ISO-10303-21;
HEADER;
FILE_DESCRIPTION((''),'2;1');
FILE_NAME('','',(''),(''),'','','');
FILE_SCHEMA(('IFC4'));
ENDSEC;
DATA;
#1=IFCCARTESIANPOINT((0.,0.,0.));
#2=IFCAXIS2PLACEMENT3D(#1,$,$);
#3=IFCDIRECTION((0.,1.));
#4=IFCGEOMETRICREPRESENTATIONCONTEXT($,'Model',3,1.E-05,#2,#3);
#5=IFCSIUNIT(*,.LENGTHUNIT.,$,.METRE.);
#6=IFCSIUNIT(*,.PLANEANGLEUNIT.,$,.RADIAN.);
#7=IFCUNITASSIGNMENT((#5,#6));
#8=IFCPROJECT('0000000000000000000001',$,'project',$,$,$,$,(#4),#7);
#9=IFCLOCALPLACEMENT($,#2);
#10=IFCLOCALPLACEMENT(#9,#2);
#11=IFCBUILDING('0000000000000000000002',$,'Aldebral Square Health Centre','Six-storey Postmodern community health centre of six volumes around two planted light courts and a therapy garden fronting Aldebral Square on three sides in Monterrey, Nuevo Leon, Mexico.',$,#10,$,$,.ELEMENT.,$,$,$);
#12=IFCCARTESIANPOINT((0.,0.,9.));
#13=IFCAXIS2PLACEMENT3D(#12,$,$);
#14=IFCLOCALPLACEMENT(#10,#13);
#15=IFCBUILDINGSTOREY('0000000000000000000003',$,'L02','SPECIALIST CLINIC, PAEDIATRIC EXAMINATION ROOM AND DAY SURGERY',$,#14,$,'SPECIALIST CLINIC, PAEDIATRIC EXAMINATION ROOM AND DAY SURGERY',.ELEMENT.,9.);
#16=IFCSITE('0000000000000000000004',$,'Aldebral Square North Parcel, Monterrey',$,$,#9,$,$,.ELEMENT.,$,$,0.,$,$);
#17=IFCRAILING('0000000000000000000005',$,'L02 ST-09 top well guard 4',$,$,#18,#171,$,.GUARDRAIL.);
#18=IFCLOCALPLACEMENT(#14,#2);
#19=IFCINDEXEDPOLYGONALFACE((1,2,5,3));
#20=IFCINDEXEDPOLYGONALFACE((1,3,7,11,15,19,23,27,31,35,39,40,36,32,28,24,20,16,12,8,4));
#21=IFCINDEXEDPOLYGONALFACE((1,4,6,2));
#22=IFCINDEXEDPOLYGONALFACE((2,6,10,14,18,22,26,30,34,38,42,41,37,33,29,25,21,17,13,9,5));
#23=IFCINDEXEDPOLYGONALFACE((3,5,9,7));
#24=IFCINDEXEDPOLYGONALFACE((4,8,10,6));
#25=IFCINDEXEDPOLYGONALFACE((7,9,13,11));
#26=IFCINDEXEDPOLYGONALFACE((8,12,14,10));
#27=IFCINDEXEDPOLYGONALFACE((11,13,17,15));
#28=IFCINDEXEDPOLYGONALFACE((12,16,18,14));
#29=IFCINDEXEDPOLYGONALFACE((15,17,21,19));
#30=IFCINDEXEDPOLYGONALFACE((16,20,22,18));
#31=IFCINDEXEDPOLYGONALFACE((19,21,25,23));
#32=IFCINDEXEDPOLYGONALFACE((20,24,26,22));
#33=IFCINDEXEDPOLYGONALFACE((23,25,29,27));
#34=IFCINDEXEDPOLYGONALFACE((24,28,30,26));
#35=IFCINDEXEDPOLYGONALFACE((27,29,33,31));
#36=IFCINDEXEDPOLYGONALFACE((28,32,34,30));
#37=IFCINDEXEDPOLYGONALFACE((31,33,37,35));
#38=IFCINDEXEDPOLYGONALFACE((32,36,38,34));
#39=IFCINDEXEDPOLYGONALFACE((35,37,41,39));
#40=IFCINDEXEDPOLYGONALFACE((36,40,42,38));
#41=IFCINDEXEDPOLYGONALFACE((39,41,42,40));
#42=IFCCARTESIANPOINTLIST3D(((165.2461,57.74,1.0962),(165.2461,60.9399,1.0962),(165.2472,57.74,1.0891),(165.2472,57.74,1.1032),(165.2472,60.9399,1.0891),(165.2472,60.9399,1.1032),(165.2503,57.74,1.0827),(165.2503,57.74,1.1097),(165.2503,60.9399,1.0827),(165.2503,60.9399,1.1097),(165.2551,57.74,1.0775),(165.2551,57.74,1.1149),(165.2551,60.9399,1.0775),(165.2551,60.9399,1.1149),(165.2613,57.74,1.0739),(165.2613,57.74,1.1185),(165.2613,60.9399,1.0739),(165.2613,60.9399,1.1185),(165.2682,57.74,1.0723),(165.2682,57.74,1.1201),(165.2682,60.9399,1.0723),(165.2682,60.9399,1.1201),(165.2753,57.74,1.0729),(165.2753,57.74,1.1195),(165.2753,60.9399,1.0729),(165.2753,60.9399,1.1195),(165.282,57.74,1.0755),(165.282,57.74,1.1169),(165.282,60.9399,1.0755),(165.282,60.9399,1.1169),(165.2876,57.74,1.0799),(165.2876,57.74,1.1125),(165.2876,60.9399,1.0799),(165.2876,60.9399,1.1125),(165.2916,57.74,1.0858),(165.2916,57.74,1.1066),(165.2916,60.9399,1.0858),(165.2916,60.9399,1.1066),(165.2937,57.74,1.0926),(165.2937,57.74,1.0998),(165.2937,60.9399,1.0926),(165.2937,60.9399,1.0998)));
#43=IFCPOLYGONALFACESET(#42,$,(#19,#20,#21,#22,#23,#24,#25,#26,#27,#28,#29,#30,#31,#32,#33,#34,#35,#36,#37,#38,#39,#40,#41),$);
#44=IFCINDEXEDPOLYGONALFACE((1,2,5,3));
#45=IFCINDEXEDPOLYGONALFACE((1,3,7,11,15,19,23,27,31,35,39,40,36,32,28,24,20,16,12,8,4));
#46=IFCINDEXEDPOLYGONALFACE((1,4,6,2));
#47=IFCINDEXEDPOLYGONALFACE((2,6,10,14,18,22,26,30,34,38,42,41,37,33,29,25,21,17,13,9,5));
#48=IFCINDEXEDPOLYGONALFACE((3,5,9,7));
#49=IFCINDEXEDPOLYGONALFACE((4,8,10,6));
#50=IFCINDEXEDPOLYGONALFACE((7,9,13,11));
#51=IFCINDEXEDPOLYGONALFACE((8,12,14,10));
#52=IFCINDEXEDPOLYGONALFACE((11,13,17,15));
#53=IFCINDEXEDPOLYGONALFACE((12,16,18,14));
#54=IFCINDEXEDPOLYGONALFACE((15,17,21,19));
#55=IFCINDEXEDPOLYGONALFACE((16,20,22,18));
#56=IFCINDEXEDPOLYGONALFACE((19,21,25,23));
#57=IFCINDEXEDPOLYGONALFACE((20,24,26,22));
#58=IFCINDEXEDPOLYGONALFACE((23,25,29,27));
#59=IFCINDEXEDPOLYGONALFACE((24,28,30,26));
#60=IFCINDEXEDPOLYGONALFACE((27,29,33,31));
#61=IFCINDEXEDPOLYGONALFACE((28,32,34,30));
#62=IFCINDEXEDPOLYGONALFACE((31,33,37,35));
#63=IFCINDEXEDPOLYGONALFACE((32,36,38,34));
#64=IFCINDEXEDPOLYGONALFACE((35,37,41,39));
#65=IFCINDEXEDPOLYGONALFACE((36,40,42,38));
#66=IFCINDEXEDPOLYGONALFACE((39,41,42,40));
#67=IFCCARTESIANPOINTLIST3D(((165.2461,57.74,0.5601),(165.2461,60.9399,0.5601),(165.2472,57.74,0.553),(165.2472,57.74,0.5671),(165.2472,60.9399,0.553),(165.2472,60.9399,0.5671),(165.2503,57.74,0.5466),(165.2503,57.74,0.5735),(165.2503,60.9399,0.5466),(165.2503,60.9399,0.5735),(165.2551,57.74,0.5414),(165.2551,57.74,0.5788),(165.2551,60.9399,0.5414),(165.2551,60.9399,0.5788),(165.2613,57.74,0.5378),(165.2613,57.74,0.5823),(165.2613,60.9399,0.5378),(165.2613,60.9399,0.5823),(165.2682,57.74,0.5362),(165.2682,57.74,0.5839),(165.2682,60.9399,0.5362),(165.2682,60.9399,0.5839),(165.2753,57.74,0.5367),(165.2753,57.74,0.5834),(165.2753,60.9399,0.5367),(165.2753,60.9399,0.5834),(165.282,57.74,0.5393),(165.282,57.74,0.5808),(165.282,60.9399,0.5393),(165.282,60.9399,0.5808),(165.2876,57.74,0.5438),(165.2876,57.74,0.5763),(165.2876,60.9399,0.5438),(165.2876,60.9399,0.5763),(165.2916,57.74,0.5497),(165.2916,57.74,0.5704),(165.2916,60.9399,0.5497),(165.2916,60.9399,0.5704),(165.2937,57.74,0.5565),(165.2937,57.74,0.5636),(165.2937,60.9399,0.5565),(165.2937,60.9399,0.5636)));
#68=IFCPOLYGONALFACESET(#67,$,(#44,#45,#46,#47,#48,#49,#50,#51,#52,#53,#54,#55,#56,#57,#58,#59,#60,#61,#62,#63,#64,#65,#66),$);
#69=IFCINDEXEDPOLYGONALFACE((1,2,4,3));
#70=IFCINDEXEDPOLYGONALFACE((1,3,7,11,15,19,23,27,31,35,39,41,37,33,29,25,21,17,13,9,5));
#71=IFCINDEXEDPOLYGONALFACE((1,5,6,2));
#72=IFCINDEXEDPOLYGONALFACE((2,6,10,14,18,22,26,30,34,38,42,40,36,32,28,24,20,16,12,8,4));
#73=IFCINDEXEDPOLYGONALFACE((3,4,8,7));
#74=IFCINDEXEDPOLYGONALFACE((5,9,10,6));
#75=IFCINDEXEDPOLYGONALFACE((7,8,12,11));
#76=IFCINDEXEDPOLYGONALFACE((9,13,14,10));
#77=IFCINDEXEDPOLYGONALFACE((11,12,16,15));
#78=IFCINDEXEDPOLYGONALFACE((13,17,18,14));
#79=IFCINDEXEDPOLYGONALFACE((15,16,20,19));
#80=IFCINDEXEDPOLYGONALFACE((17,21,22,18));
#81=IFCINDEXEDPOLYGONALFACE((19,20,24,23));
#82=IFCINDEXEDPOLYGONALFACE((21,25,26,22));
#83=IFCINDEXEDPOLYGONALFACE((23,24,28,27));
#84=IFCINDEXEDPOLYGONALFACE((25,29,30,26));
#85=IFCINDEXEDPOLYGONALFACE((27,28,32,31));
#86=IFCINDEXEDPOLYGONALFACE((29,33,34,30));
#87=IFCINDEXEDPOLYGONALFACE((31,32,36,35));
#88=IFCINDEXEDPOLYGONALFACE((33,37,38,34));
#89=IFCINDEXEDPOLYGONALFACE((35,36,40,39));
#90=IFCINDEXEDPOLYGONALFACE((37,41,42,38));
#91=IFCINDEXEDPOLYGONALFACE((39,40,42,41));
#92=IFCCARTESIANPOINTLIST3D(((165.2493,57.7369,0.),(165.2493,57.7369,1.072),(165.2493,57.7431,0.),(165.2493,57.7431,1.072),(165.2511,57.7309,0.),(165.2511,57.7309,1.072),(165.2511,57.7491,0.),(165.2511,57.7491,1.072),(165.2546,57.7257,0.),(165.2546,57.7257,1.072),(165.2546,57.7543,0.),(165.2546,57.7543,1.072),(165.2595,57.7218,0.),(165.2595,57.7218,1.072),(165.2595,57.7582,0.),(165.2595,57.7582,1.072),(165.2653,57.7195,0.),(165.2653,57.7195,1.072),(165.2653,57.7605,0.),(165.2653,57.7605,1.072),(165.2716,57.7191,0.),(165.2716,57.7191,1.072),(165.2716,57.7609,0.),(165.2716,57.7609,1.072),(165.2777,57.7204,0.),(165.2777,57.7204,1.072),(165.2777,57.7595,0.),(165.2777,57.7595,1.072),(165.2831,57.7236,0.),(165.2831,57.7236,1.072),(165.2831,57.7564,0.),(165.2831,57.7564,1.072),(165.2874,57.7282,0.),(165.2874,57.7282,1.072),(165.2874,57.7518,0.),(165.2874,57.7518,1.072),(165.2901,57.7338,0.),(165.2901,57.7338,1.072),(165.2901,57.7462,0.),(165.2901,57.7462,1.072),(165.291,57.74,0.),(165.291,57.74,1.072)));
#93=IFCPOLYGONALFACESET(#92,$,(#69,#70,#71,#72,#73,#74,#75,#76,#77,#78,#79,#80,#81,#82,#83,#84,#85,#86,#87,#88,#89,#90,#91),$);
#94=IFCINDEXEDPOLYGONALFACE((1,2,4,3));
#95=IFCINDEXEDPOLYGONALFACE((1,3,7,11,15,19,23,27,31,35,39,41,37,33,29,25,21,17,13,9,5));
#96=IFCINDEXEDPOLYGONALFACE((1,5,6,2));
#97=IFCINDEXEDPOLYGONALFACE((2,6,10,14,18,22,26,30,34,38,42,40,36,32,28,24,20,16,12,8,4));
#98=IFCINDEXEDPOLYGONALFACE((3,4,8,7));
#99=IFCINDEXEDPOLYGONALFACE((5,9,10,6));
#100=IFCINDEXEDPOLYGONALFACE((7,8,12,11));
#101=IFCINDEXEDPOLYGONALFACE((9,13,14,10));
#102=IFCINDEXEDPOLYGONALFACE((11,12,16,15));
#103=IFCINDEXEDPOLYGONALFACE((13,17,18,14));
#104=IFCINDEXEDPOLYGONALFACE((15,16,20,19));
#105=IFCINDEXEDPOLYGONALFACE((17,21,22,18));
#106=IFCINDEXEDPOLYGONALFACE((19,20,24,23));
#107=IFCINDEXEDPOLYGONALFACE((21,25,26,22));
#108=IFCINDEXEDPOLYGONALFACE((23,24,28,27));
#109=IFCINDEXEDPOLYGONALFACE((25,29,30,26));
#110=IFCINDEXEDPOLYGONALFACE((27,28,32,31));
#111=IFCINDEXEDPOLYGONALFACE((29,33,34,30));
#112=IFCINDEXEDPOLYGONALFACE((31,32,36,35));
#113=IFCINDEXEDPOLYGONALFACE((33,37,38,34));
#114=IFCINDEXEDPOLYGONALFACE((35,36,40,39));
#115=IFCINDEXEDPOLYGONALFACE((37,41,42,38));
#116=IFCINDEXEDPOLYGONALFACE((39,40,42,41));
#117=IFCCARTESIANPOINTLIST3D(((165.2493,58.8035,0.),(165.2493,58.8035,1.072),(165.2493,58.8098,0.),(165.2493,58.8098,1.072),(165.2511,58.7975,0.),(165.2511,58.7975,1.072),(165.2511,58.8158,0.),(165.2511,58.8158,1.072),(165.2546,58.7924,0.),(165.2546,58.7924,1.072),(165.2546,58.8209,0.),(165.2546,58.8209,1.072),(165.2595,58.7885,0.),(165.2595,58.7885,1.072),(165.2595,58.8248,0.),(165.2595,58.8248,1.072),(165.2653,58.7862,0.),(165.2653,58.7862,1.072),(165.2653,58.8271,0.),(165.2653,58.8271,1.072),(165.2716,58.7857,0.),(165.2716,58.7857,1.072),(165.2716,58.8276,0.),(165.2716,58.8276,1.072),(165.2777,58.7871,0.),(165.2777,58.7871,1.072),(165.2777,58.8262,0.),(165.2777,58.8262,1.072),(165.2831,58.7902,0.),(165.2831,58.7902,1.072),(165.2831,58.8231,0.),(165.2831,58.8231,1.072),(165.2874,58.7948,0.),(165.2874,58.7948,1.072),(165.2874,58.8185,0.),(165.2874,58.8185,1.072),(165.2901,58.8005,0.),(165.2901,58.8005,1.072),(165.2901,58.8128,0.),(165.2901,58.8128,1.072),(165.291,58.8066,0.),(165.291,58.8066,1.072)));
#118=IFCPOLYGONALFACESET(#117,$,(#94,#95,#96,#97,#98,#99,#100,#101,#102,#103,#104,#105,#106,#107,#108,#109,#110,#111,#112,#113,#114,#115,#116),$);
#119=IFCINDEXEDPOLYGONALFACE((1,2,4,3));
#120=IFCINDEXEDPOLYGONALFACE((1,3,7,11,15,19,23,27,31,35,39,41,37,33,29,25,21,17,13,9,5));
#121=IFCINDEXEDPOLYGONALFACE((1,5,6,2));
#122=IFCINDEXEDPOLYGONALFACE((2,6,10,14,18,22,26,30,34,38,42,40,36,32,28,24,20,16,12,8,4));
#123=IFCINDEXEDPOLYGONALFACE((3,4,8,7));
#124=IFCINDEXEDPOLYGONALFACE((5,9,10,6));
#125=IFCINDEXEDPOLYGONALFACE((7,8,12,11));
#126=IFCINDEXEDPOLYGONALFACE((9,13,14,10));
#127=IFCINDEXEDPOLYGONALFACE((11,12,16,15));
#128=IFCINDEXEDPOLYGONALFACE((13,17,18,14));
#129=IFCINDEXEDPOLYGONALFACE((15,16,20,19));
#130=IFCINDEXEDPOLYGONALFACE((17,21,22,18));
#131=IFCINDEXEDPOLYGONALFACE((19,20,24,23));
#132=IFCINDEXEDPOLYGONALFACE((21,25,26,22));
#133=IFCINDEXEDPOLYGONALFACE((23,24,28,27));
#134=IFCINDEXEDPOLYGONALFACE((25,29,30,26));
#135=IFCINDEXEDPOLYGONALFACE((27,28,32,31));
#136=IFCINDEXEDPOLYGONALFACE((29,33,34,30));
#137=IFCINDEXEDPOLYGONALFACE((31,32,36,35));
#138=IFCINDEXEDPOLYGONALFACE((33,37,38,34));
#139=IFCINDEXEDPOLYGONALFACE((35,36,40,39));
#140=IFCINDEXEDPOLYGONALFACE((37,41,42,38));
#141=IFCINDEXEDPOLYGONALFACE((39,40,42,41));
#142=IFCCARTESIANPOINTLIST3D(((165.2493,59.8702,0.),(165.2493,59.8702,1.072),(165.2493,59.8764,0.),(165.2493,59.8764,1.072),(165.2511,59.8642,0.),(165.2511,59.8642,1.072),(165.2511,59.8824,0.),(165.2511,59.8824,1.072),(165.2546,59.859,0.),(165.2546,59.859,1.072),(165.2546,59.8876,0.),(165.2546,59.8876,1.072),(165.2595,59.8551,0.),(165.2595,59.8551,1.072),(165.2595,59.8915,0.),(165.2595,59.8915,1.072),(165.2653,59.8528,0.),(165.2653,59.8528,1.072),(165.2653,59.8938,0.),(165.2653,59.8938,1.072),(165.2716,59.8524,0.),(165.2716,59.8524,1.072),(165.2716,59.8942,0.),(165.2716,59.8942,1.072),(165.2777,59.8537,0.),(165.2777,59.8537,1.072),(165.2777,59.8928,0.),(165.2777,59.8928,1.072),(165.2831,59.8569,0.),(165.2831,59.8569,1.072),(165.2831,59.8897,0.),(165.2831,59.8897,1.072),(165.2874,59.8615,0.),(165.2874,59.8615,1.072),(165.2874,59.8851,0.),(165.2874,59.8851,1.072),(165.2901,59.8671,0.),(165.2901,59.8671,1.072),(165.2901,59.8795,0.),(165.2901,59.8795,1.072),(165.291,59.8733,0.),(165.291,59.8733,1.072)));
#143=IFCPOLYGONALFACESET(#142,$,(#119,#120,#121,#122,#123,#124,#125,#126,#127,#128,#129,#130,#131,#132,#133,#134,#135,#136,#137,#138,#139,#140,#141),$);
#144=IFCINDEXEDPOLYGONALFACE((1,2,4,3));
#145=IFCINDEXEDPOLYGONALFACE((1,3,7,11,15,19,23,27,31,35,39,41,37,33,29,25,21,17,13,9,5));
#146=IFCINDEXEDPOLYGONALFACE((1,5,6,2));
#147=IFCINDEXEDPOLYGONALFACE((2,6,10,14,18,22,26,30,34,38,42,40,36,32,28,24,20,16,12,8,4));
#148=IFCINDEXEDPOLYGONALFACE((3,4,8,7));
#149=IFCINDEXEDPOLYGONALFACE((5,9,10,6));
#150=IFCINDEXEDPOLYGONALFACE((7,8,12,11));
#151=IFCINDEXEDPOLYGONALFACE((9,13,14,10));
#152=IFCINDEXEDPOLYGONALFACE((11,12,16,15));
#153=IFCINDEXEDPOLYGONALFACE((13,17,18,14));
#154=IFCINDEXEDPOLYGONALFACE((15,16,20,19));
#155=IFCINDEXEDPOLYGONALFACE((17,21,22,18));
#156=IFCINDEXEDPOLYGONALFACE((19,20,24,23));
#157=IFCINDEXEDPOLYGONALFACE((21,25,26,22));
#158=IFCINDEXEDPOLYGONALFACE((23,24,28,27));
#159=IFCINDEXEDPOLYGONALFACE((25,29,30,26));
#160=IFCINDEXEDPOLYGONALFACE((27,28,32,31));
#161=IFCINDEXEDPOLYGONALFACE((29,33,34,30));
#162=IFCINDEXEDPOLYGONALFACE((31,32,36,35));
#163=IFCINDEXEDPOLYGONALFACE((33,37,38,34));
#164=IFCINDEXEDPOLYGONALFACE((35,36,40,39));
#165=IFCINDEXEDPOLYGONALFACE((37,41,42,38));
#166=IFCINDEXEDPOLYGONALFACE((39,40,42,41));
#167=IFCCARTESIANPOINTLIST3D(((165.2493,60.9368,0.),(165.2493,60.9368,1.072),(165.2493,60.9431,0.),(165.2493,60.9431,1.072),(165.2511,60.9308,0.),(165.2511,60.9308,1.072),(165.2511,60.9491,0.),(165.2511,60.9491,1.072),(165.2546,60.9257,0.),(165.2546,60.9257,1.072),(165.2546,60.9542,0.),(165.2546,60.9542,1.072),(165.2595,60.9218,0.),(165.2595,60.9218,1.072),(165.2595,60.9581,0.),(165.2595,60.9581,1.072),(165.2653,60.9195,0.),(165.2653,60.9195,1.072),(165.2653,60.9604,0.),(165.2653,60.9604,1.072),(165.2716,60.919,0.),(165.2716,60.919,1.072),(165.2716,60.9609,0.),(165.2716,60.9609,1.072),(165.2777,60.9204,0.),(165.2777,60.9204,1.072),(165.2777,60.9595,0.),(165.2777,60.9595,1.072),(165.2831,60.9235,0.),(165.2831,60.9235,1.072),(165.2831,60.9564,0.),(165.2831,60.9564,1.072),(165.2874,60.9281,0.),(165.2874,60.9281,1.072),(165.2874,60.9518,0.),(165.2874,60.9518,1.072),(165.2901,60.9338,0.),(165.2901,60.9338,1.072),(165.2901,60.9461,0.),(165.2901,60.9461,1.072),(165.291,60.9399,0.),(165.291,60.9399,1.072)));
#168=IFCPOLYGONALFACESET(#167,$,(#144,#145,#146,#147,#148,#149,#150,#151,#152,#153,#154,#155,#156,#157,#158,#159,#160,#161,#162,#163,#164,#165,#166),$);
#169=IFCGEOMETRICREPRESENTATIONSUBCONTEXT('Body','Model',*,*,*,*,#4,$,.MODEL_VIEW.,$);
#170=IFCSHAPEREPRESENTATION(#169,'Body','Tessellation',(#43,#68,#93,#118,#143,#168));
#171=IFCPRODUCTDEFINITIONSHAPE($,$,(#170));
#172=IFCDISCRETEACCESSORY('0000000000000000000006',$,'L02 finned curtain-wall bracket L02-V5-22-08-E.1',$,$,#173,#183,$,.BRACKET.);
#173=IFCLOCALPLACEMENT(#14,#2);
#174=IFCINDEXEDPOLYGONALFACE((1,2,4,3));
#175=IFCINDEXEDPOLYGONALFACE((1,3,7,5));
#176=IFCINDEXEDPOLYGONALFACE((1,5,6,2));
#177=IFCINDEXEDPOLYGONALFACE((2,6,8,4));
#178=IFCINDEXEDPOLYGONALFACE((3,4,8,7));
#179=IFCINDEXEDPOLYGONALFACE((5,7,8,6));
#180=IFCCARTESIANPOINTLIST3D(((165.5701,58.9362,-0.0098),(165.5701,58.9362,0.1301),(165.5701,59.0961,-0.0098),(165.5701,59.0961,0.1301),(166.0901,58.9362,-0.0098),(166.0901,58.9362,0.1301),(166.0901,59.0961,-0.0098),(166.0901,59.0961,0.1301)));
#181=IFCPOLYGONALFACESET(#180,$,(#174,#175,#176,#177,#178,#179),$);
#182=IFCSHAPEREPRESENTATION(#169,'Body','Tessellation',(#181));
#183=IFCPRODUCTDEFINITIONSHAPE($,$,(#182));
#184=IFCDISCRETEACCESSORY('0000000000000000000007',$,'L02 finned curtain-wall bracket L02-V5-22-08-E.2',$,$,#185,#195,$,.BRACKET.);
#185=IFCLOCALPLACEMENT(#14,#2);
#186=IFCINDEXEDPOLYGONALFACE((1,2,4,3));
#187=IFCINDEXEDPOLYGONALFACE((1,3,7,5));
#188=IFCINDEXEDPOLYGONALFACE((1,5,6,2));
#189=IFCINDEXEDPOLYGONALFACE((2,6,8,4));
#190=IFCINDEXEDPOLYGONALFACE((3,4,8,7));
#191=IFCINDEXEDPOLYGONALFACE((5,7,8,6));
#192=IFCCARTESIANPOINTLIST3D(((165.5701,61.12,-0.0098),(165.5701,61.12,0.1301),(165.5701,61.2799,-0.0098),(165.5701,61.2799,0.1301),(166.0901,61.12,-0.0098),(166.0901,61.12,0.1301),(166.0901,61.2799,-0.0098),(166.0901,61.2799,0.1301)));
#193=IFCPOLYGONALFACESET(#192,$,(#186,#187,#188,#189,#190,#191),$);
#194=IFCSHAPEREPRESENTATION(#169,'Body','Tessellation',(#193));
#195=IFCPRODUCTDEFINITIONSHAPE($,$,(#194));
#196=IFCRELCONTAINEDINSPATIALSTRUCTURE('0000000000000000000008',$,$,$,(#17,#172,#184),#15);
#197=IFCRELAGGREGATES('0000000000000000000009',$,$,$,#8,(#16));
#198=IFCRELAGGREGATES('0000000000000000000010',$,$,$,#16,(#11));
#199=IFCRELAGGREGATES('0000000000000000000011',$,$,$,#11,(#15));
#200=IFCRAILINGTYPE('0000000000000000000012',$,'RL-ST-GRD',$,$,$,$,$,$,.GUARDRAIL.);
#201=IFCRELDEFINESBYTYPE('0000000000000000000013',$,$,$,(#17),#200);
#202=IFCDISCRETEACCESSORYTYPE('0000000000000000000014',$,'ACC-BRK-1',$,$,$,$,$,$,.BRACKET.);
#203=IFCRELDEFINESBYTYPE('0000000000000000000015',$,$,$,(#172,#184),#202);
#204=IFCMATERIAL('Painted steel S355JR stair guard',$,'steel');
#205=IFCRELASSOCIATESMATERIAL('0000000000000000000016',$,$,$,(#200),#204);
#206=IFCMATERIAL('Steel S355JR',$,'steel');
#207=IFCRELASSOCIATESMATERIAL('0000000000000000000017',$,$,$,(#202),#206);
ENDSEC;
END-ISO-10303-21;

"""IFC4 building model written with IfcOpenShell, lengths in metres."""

from ifc_helpers import new_model, si_unit, direction, frame, origin, origin_2d, place, context, subcontext, project, spatial, rectangle, circle, extrude, material, type_object, element, save


model = new_model("IFC4")

# Units and contexts
model_context = context("Model", 3, precision=1e-05, world=origin(), true_north=direction((0.0, 1.0)))
body_context = subcontext(model_context, "Body", "Model", "MODEL_VIEW")
ifc_project = project(units=[si_unit("LENGTHUNIT", "METRE"), si_unit("PLANEANGLEUNIT", "RADIAN")], contexts=[model_context])

# Site, building, storey
site_placement = place(None, origin())
site = spatial("IfcSite", under=ifc_project, at=site_placement, Name="Aldebral Square North Parcel, Monterrey", CompositionType="ELEMENT", RefElevation=0.0)
building_placement = place(site_placement, origin())
building = spatial("IfcBuilding", under=site, at=building_placement, Name="Aldebral Square Health Centre", Description="Six-storey Postmodern community health centre of six volumes around two planted light courts and a therapy garden fronting Aldebral Square on three sides in Monterrey, Nuevo Leon, Mexico.", CompositionType="ELEMENT")
storey_placement = place(building_placement, frame((0.0, 0.0, 9.0)))
storey = spatial("IfcBuildingStorey", under=building, at=storey_placement, Name="L02", Description="SPECIALIST CLINIC, PAEDIATRIC EXAMINATION ROOM AND DAY SURGERY", LongName="SPECIALIST CLINIC, PAEDIATRIC EXAMINATION ROOM AND DAY SURGERY", CompositionType="ELEMENT", Elevation=9.0)

# Railing
ifc_material_1 = material(Name="Painted steel S355JR stair guard", Category="steel")
railing_type = type_object("IfcRailingType", Name="RL-ST-GRD", PredefinedType="GUARDRAIL", material=ifc_material_1)
railing_placement = place(storey_placement, frame((165.27, 57.74, 0.0)))
element("IfcRailing", 1, at=railing_placement, inside=storey, type_object=railing_type, Name="L02 ST-09 top well guard 4", PredefinedType="GUARDRAIL", context=body_context, shape_type="SweptSolid", body=[
    extrude(circle(Radius=0.0239, at=origin_2d()), frame((0.0, 0.0, 1.0962), z_axis=(0.0, 1.0, 0.0), x_axis=(-1.0, 0.0, 0.0)), (0.0, 0.0, 1.0), 3.2),
    extrude(circle(Radius=0.0239, at=origin_2d()), frame((0.0, 0.0, 0.5601), z_axis=(0.0, 1.0, 0.0), x_axis=(-1.0, 0.0, 0.0)), (0.0, 0.0, 1.0), 3.2),
    extrude(circle(Radius=0.021, at=origin_2d()), origin(), (0.0, 0.0, 1.0), 1.072),
    extrude(circle(Radius=0.021, at=origin_2d()), frame((0.0, 1.0667, 0.0)), (0.0, 0.0, 1.0), 1.072),
    extrude(circle(Radius=0.021, at=origin_2d()), frame((0.0, 2.1333, 0.0)), (0.0, 0.0, 1.0), 1.072),
    extrude(circle(Radius=0.021, at=origin_2d()), frame((0.0, 3.2, 0.0)), (0.0, 0.0, 1.0), 1.072),
])

# Discrete accessories
ifc_material_2 = material(Name="Steel S355JR", Category="steel")
discrete_accessory_type = type_object("IfcDiscreteAccessoryType", Name="ACC-BRK-1", PredefinedType="BRACKET", material=ifc_material_2)
for number, where, z_axis, x_axis, name in (
    (2, (165.8301, 59.0161, -0.0098), (0.0, 0.0, 1.0), (0.0, 1.0, 0.0), "L02 finned curtain-wall bracket L02-V5-22-08-E.1"),
    (3, (165.8301, 61.2, -0.0098), (0.0, 0.0, 1.0), (0.0, 1.0, 0.0), "L02 finned curtain-wall bracket L02-V5-22-08-E.2"),
):
    element("IfcDiscreteAccessory", number, at=place(storey_placement, frame(where, z_axis=z_axis, x_axis=x_axis)), inside=storey, type_object=discrete_accessory_type, Name=name, PredefinedType="BRACKET", context=body_context, shape_type="SweptSolid", body=[
        extrude(rectangle(XDim=0.1599, YDim=0.52, at=origin_2d()), origin(), (0.0, 0.0, 1.0), 0.1399),
    ])

save(model, "model.ifc")
